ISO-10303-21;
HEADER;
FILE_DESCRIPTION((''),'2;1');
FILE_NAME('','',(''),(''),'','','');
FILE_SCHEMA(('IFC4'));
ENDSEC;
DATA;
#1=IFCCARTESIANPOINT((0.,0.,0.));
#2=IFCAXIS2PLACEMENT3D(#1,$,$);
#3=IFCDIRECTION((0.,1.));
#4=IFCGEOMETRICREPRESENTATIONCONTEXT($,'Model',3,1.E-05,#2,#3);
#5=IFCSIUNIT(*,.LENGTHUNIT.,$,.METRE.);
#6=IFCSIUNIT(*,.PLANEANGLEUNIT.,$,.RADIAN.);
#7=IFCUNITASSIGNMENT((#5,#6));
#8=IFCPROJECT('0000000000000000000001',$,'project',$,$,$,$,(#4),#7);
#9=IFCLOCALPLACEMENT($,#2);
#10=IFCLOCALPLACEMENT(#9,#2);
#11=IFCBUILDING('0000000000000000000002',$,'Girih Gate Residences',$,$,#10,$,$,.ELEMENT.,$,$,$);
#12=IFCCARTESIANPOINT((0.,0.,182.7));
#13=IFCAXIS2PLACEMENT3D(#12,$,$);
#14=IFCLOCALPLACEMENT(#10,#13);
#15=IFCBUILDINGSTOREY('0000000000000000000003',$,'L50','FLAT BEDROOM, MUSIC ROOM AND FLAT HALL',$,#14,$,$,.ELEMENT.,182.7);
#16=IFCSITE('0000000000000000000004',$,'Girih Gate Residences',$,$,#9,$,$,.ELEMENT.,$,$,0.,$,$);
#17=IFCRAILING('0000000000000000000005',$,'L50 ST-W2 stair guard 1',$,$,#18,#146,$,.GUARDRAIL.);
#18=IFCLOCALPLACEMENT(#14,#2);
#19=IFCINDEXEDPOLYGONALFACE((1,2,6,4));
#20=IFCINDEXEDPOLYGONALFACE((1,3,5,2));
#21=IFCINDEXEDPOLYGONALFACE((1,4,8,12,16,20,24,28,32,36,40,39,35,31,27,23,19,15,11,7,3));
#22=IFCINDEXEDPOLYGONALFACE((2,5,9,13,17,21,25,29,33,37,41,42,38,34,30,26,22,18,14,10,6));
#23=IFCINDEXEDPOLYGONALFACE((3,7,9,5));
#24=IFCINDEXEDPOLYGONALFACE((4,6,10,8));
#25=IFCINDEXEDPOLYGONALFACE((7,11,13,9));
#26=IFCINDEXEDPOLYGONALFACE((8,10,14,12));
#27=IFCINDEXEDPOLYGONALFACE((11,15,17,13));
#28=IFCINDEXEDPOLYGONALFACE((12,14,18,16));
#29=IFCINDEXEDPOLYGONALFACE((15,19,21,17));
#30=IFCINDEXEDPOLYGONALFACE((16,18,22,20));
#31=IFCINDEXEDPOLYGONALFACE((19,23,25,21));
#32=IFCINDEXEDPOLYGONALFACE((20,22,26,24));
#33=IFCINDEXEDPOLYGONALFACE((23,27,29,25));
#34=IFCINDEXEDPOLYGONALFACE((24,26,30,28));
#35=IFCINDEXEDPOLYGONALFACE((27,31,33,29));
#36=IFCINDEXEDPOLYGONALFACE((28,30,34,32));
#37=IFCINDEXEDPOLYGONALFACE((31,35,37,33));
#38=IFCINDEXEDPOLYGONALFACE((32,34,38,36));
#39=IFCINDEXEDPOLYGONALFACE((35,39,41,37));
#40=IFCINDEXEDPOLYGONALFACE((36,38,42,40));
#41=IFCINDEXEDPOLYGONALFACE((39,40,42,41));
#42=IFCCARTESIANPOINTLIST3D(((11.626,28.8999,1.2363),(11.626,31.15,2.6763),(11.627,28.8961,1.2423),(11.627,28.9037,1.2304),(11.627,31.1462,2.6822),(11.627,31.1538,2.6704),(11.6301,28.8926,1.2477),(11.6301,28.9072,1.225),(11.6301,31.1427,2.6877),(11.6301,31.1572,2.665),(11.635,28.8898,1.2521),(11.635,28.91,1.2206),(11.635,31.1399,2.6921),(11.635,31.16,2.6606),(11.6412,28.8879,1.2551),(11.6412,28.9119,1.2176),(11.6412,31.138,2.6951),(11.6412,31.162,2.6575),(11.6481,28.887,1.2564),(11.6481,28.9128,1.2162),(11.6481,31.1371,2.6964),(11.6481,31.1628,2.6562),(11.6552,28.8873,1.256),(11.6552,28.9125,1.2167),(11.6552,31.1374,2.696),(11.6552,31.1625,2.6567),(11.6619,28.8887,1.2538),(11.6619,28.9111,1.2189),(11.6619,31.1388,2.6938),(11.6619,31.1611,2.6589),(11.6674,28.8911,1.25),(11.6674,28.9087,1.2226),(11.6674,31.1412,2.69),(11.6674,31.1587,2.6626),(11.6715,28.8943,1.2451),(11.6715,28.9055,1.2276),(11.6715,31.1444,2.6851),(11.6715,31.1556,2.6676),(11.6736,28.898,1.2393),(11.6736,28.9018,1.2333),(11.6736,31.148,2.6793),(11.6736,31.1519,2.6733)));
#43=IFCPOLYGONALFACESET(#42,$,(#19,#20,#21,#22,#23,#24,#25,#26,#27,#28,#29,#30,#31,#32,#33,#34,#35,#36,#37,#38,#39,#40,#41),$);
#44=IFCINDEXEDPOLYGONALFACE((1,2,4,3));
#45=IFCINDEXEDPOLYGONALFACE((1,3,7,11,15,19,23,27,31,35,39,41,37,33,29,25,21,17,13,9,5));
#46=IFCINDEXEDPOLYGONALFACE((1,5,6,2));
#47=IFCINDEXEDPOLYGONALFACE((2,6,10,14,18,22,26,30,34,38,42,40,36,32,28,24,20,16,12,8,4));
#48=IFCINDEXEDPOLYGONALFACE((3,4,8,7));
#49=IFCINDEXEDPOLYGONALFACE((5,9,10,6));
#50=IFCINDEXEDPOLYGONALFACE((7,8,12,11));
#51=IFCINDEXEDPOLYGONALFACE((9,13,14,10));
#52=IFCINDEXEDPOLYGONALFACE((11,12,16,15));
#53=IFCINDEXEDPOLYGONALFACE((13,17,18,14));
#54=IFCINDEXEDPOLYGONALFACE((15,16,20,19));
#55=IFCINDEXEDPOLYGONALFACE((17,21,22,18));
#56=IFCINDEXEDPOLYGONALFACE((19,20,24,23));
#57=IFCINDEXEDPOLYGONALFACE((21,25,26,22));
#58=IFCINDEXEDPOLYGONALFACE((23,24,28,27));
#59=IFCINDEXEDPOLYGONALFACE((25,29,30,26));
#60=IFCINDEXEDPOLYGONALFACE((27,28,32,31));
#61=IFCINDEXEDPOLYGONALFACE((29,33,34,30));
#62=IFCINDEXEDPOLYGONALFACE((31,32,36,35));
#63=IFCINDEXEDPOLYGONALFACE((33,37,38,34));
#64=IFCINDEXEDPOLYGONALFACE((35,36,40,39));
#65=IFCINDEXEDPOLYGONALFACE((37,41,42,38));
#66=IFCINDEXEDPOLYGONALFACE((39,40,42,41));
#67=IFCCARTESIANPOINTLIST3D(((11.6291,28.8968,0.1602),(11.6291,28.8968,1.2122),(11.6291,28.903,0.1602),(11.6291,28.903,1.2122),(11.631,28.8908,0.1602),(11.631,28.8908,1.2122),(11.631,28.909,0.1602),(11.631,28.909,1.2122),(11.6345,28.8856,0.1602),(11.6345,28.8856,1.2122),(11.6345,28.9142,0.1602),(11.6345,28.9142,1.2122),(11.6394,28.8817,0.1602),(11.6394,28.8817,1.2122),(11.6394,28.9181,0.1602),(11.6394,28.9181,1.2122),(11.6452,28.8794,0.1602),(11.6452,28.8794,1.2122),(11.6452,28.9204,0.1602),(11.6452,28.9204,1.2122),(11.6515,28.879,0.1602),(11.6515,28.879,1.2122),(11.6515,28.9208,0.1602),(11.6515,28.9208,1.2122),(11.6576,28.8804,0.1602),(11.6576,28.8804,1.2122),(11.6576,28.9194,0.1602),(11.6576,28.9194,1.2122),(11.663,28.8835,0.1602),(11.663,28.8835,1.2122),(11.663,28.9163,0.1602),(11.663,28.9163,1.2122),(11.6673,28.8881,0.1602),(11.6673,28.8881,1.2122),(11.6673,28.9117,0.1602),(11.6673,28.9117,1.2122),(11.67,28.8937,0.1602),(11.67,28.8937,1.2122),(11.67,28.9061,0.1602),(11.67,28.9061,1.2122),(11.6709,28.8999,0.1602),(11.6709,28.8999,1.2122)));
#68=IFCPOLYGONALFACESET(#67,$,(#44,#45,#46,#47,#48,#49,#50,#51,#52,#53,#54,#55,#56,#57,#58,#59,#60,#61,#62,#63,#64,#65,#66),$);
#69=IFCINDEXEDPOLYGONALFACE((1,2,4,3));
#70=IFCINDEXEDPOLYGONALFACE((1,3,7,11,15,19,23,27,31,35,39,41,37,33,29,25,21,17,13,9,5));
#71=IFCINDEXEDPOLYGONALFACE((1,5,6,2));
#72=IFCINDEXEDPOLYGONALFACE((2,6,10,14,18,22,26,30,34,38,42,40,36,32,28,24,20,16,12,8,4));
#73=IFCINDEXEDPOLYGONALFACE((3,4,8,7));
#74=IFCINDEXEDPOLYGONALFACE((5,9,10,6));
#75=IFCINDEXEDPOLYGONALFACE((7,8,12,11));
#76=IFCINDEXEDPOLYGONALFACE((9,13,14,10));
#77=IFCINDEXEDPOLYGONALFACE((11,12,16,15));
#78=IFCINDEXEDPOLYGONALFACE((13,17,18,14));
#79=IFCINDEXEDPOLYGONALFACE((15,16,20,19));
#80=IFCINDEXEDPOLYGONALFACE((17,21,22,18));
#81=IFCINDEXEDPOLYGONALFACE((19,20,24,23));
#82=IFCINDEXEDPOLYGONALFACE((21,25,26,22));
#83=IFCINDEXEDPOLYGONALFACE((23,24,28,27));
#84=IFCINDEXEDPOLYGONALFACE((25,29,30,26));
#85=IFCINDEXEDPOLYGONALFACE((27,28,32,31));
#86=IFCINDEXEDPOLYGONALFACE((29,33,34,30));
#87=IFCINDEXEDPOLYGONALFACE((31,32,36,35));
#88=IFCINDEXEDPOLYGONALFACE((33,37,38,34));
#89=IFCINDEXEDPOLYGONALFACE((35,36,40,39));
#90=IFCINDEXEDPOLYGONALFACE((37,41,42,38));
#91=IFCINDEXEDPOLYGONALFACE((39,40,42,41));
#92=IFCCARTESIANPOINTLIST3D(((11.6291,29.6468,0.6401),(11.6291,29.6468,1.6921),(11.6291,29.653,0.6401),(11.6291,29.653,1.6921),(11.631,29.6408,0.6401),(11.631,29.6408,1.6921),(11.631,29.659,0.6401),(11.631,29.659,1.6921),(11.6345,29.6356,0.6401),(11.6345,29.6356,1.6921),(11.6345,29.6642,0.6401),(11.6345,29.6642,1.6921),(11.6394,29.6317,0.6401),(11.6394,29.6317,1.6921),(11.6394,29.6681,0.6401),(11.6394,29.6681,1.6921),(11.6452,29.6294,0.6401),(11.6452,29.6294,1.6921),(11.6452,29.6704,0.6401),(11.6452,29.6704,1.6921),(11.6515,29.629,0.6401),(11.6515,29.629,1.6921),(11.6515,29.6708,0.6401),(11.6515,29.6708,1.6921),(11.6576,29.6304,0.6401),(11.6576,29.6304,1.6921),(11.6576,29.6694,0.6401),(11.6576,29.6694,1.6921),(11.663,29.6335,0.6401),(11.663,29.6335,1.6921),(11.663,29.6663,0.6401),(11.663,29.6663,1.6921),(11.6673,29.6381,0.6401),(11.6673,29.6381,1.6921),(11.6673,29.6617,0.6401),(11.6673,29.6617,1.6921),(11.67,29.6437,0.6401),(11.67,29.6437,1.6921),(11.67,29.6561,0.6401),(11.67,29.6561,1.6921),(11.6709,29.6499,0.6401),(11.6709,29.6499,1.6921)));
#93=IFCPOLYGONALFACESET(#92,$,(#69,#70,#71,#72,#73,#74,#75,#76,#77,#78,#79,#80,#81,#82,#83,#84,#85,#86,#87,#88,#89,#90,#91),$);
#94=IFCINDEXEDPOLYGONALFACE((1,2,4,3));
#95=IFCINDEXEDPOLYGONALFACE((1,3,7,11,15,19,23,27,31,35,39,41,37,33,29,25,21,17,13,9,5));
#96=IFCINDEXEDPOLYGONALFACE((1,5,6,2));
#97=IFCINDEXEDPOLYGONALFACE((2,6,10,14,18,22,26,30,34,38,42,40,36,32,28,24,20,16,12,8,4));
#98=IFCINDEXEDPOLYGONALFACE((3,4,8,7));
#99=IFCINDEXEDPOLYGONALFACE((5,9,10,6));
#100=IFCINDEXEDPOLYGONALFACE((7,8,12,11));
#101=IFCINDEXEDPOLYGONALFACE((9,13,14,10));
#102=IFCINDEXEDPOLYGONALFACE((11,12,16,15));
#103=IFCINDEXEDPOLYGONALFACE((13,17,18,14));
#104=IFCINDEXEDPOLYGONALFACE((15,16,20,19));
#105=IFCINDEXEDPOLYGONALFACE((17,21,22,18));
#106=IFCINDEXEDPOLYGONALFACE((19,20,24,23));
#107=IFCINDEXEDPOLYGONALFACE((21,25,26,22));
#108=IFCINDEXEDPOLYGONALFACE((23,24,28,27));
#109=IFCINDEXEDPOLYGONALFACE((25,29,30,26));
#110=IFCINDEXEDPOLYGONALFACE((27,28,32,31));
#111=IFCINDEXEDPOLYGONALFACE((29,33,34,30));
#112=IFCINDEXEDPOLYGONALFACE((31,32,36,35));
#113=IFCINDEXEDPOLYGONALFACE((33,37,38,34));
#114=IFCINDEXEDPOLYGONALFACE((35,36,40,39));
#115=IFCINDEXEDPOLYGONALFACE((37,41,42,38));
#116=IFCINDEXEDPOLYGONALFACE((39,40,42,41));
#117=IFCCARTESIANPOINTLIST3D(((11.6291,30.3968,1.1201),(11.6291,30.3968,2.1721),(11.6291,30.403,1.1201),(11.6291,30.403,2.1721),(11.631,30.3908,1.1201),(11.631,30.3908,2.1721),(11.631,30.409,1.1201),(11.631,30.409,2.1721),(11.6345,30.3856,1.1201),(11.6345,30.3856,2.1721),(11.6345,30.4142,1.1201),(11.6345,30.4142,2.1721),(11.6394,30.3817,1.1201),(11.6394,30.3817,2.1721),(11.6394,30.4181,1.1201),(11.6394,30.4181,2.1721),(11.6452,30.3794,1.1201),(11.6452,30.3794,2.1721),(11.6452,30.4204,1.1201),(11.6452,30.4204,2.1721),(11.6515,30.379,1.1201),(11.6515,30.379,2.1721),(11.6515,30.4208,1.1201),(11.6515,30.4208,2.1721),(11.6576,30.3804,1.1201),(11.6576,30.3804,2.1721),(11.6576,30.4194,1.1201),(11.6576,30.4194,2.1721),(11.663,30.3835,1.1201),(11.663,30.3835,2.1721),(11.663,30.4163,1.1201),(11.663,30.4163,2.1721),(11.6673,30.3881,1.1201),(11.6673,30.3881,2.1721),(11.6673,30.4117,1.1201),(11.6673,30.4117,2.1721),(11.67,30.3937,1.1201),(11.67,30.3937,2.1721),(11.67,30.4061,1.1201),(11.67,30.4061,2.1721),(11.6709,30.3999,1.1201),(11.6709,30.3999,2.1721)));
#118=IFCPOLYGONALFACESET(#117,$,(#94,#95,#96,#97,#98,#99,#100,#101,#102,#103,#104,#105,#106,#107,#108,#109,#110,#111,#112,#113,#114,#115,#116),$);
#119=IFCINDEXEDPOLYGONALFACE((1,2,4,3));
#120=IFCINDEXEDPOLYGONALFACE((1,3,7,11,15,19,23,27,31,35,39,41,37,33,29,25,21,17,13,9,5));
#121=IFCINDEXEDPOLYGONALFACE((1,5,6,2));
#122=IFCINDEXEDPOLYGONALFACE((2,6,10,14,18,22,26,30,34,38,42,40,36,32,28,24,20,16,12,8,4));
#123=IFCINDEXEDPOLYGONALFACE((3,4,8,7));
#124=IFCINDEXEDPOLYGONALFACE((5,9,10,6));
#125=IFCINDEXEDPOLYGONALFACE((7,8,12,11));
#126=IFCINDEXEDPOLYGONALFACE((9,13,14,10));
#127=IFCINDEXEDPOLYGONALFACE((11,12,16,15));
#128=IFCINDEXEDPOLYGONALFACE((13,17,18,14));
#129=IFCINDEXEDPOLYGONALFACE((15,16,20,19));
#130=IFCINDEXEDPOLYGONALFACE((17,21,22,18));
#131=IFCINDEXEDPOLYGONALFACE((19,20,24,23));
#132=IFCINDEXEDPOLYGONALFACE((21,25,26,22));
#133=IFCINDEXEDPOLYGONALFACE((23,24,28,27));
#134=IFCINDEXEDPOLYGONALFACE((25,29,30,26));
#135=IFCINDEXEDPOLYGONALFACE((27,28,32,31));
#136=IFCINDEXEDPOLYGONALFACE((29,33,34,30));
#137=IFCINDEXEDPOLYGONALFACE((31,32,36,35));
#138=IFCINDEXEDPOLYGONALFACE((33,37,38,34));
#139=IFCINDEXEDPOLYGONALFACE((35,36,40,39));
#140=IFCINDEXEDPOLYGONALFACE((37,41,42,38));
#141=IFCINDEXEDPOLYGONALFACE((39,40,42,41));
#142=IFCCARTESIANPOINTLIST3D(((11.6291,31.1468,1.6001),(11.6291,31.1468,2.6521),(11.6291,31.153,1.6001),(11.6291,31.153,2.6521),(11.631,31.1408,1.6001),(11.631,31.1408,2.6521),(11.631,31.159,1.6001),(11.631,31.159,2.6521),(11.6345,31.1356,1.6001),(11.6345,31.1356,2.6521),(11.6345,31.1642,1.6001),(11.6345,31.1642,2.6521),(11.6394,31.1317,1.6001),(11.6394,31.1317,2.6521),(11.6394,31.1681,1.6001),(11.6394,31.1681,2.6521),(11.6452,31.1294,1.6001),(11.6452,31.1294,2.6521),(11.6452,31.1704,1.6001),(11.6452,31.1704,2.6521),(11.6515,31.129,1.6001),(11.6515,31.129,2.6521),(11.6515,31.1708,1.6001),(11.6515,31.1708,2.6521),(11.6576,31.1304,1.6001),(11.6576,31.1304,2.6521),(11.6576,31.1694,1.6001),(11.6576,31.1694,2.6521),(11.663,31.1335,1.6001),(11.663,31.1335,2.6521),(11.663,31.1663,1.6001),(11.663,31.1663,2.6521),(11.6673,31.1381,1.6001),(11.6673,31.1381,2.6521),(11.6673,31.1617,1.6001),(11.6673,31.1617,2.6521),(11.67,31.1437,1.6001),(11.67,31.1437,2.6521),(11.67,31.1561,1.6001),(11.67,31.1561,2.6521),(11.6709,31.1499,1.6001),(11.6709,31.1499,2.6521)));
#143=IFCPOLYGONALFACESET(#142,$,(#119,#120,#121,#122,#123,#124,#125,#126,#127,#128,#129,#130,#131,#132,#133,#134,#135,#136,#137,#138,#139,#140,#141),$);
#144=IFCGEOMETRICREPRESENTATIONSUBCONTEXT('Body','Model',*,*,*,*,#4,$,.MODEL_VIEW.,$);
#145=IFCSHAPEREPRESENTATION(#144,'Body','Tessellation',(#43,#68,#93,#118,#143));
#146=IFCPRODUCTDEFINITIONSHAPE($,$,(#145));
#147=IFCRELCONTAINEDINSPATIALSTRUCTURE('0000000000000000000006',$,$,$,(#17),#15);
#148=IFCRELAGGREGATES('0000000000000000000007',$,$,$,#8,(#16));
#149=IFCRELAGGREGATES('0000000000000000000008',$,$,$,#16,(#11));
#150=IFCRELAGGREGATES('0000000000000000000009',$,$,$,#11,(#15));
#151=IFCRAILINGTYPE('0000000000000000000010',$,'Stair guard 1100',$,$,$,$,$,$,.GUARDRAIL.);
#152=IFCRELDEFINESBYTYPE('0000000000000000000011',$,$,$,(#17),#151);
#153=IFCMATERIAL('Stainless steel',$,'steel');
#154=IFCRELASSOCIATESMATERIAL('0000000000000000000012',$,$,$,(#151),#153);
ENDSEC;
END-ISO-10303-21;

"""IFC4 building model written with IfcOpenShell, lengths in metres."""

from ifc_helpers import new_model, si_unit, direction, frame, origin, origin_2d, place, context, subcontext, project, spatial, circle, extrude, material, type_object, element, save


model = new_model("IFC4")

# Units and contexts
model_context = context("Model", 3, precision=1e-05, world=origin(), true_north=direction((0.0, 1.0)))
body_context = subcontext(model_context, "Body", "Model", "MODEL_VIEW")
ifc_project = project(units=[si_unit("LENGTHUNIT", "METRE"), si_unit("PLANEANGLEUNIT", "RADIAN")], contexts=[model_context])

# Site, building, storey
site_placement = place(None, origin())
site = spatial("IfcSite", under=ifc_project, at=site_placement, Name="Girih Gate Residences", CompositionType="ELEMENT", RefElevation=0.0)
building_placement = place(site_placement, origin())
building = spatial("IfcBuilding", under=site, at=building_placement, Name="Girih Gate Residences", CompositionType="ELEMENT")
storey_placement = place(building_placement, frame((0.0, 0.0, 182.7)))
storey = spatial("IfcBuildingStorey", under=building, at=storey_placement, Name="L50", Description="FLAT BEDROOM, MUSIC ROOM AND FLAT HALL", CompositionType="ELEMENT", Elevation=182.7)

# Railing
ifc_material_1 = material(Name="Stainless steel", Category="steel")
railing_type_1 = type_object("IfcRailingType", Name="Stair guard 1100", PredefinedType="GUARDRAIL", material=ifc_material_1)
railing_1_placement = place(storey_placement, frame((11.6499, 28.8999, 0.1602)))
element("IfcRailing", 1, at=railing_1_placement, inside=storey, type_object=railing_type_1, Name="L50 ST-W2 stair guard 1", PredefinedType="GUARDRAIL", context=body_context, shape_type="SweptSolid", body=[
    extrude(circle(Radius=0.0239, at=origin_2d()), frame((0.0, 0.0, 1.0762), z_axis=(0.0, 0.842281, 0.539038), x_axis=(-1.0, 0.0, 0.0)), (0.0, 0.0, 1.0), 2.6714),
    extrude(circle(Radius=0.021, at=origin_2d()), origin(), (0.0, 0.0, 1.0), 1.052),
    extrude(circle(Radius=0.021, at=origin_2d()), frame((0.0, 0.75, 0.48)), (0.0, 0.0, 1.0), 1.052),
    extrude(circle(Radius=0.021, at=origin_2d()), frame((0.0, 1.5, 0.96)), (0.0, 0.0, 1.0), 1.052),
    extrude(circle(Radius=0.021, at=origin_2d()), frame((0.0, 2.25, 1.4399)), (0.0, 0.0, 1.0), 1.052),
])

save(model, "model.ifc")
